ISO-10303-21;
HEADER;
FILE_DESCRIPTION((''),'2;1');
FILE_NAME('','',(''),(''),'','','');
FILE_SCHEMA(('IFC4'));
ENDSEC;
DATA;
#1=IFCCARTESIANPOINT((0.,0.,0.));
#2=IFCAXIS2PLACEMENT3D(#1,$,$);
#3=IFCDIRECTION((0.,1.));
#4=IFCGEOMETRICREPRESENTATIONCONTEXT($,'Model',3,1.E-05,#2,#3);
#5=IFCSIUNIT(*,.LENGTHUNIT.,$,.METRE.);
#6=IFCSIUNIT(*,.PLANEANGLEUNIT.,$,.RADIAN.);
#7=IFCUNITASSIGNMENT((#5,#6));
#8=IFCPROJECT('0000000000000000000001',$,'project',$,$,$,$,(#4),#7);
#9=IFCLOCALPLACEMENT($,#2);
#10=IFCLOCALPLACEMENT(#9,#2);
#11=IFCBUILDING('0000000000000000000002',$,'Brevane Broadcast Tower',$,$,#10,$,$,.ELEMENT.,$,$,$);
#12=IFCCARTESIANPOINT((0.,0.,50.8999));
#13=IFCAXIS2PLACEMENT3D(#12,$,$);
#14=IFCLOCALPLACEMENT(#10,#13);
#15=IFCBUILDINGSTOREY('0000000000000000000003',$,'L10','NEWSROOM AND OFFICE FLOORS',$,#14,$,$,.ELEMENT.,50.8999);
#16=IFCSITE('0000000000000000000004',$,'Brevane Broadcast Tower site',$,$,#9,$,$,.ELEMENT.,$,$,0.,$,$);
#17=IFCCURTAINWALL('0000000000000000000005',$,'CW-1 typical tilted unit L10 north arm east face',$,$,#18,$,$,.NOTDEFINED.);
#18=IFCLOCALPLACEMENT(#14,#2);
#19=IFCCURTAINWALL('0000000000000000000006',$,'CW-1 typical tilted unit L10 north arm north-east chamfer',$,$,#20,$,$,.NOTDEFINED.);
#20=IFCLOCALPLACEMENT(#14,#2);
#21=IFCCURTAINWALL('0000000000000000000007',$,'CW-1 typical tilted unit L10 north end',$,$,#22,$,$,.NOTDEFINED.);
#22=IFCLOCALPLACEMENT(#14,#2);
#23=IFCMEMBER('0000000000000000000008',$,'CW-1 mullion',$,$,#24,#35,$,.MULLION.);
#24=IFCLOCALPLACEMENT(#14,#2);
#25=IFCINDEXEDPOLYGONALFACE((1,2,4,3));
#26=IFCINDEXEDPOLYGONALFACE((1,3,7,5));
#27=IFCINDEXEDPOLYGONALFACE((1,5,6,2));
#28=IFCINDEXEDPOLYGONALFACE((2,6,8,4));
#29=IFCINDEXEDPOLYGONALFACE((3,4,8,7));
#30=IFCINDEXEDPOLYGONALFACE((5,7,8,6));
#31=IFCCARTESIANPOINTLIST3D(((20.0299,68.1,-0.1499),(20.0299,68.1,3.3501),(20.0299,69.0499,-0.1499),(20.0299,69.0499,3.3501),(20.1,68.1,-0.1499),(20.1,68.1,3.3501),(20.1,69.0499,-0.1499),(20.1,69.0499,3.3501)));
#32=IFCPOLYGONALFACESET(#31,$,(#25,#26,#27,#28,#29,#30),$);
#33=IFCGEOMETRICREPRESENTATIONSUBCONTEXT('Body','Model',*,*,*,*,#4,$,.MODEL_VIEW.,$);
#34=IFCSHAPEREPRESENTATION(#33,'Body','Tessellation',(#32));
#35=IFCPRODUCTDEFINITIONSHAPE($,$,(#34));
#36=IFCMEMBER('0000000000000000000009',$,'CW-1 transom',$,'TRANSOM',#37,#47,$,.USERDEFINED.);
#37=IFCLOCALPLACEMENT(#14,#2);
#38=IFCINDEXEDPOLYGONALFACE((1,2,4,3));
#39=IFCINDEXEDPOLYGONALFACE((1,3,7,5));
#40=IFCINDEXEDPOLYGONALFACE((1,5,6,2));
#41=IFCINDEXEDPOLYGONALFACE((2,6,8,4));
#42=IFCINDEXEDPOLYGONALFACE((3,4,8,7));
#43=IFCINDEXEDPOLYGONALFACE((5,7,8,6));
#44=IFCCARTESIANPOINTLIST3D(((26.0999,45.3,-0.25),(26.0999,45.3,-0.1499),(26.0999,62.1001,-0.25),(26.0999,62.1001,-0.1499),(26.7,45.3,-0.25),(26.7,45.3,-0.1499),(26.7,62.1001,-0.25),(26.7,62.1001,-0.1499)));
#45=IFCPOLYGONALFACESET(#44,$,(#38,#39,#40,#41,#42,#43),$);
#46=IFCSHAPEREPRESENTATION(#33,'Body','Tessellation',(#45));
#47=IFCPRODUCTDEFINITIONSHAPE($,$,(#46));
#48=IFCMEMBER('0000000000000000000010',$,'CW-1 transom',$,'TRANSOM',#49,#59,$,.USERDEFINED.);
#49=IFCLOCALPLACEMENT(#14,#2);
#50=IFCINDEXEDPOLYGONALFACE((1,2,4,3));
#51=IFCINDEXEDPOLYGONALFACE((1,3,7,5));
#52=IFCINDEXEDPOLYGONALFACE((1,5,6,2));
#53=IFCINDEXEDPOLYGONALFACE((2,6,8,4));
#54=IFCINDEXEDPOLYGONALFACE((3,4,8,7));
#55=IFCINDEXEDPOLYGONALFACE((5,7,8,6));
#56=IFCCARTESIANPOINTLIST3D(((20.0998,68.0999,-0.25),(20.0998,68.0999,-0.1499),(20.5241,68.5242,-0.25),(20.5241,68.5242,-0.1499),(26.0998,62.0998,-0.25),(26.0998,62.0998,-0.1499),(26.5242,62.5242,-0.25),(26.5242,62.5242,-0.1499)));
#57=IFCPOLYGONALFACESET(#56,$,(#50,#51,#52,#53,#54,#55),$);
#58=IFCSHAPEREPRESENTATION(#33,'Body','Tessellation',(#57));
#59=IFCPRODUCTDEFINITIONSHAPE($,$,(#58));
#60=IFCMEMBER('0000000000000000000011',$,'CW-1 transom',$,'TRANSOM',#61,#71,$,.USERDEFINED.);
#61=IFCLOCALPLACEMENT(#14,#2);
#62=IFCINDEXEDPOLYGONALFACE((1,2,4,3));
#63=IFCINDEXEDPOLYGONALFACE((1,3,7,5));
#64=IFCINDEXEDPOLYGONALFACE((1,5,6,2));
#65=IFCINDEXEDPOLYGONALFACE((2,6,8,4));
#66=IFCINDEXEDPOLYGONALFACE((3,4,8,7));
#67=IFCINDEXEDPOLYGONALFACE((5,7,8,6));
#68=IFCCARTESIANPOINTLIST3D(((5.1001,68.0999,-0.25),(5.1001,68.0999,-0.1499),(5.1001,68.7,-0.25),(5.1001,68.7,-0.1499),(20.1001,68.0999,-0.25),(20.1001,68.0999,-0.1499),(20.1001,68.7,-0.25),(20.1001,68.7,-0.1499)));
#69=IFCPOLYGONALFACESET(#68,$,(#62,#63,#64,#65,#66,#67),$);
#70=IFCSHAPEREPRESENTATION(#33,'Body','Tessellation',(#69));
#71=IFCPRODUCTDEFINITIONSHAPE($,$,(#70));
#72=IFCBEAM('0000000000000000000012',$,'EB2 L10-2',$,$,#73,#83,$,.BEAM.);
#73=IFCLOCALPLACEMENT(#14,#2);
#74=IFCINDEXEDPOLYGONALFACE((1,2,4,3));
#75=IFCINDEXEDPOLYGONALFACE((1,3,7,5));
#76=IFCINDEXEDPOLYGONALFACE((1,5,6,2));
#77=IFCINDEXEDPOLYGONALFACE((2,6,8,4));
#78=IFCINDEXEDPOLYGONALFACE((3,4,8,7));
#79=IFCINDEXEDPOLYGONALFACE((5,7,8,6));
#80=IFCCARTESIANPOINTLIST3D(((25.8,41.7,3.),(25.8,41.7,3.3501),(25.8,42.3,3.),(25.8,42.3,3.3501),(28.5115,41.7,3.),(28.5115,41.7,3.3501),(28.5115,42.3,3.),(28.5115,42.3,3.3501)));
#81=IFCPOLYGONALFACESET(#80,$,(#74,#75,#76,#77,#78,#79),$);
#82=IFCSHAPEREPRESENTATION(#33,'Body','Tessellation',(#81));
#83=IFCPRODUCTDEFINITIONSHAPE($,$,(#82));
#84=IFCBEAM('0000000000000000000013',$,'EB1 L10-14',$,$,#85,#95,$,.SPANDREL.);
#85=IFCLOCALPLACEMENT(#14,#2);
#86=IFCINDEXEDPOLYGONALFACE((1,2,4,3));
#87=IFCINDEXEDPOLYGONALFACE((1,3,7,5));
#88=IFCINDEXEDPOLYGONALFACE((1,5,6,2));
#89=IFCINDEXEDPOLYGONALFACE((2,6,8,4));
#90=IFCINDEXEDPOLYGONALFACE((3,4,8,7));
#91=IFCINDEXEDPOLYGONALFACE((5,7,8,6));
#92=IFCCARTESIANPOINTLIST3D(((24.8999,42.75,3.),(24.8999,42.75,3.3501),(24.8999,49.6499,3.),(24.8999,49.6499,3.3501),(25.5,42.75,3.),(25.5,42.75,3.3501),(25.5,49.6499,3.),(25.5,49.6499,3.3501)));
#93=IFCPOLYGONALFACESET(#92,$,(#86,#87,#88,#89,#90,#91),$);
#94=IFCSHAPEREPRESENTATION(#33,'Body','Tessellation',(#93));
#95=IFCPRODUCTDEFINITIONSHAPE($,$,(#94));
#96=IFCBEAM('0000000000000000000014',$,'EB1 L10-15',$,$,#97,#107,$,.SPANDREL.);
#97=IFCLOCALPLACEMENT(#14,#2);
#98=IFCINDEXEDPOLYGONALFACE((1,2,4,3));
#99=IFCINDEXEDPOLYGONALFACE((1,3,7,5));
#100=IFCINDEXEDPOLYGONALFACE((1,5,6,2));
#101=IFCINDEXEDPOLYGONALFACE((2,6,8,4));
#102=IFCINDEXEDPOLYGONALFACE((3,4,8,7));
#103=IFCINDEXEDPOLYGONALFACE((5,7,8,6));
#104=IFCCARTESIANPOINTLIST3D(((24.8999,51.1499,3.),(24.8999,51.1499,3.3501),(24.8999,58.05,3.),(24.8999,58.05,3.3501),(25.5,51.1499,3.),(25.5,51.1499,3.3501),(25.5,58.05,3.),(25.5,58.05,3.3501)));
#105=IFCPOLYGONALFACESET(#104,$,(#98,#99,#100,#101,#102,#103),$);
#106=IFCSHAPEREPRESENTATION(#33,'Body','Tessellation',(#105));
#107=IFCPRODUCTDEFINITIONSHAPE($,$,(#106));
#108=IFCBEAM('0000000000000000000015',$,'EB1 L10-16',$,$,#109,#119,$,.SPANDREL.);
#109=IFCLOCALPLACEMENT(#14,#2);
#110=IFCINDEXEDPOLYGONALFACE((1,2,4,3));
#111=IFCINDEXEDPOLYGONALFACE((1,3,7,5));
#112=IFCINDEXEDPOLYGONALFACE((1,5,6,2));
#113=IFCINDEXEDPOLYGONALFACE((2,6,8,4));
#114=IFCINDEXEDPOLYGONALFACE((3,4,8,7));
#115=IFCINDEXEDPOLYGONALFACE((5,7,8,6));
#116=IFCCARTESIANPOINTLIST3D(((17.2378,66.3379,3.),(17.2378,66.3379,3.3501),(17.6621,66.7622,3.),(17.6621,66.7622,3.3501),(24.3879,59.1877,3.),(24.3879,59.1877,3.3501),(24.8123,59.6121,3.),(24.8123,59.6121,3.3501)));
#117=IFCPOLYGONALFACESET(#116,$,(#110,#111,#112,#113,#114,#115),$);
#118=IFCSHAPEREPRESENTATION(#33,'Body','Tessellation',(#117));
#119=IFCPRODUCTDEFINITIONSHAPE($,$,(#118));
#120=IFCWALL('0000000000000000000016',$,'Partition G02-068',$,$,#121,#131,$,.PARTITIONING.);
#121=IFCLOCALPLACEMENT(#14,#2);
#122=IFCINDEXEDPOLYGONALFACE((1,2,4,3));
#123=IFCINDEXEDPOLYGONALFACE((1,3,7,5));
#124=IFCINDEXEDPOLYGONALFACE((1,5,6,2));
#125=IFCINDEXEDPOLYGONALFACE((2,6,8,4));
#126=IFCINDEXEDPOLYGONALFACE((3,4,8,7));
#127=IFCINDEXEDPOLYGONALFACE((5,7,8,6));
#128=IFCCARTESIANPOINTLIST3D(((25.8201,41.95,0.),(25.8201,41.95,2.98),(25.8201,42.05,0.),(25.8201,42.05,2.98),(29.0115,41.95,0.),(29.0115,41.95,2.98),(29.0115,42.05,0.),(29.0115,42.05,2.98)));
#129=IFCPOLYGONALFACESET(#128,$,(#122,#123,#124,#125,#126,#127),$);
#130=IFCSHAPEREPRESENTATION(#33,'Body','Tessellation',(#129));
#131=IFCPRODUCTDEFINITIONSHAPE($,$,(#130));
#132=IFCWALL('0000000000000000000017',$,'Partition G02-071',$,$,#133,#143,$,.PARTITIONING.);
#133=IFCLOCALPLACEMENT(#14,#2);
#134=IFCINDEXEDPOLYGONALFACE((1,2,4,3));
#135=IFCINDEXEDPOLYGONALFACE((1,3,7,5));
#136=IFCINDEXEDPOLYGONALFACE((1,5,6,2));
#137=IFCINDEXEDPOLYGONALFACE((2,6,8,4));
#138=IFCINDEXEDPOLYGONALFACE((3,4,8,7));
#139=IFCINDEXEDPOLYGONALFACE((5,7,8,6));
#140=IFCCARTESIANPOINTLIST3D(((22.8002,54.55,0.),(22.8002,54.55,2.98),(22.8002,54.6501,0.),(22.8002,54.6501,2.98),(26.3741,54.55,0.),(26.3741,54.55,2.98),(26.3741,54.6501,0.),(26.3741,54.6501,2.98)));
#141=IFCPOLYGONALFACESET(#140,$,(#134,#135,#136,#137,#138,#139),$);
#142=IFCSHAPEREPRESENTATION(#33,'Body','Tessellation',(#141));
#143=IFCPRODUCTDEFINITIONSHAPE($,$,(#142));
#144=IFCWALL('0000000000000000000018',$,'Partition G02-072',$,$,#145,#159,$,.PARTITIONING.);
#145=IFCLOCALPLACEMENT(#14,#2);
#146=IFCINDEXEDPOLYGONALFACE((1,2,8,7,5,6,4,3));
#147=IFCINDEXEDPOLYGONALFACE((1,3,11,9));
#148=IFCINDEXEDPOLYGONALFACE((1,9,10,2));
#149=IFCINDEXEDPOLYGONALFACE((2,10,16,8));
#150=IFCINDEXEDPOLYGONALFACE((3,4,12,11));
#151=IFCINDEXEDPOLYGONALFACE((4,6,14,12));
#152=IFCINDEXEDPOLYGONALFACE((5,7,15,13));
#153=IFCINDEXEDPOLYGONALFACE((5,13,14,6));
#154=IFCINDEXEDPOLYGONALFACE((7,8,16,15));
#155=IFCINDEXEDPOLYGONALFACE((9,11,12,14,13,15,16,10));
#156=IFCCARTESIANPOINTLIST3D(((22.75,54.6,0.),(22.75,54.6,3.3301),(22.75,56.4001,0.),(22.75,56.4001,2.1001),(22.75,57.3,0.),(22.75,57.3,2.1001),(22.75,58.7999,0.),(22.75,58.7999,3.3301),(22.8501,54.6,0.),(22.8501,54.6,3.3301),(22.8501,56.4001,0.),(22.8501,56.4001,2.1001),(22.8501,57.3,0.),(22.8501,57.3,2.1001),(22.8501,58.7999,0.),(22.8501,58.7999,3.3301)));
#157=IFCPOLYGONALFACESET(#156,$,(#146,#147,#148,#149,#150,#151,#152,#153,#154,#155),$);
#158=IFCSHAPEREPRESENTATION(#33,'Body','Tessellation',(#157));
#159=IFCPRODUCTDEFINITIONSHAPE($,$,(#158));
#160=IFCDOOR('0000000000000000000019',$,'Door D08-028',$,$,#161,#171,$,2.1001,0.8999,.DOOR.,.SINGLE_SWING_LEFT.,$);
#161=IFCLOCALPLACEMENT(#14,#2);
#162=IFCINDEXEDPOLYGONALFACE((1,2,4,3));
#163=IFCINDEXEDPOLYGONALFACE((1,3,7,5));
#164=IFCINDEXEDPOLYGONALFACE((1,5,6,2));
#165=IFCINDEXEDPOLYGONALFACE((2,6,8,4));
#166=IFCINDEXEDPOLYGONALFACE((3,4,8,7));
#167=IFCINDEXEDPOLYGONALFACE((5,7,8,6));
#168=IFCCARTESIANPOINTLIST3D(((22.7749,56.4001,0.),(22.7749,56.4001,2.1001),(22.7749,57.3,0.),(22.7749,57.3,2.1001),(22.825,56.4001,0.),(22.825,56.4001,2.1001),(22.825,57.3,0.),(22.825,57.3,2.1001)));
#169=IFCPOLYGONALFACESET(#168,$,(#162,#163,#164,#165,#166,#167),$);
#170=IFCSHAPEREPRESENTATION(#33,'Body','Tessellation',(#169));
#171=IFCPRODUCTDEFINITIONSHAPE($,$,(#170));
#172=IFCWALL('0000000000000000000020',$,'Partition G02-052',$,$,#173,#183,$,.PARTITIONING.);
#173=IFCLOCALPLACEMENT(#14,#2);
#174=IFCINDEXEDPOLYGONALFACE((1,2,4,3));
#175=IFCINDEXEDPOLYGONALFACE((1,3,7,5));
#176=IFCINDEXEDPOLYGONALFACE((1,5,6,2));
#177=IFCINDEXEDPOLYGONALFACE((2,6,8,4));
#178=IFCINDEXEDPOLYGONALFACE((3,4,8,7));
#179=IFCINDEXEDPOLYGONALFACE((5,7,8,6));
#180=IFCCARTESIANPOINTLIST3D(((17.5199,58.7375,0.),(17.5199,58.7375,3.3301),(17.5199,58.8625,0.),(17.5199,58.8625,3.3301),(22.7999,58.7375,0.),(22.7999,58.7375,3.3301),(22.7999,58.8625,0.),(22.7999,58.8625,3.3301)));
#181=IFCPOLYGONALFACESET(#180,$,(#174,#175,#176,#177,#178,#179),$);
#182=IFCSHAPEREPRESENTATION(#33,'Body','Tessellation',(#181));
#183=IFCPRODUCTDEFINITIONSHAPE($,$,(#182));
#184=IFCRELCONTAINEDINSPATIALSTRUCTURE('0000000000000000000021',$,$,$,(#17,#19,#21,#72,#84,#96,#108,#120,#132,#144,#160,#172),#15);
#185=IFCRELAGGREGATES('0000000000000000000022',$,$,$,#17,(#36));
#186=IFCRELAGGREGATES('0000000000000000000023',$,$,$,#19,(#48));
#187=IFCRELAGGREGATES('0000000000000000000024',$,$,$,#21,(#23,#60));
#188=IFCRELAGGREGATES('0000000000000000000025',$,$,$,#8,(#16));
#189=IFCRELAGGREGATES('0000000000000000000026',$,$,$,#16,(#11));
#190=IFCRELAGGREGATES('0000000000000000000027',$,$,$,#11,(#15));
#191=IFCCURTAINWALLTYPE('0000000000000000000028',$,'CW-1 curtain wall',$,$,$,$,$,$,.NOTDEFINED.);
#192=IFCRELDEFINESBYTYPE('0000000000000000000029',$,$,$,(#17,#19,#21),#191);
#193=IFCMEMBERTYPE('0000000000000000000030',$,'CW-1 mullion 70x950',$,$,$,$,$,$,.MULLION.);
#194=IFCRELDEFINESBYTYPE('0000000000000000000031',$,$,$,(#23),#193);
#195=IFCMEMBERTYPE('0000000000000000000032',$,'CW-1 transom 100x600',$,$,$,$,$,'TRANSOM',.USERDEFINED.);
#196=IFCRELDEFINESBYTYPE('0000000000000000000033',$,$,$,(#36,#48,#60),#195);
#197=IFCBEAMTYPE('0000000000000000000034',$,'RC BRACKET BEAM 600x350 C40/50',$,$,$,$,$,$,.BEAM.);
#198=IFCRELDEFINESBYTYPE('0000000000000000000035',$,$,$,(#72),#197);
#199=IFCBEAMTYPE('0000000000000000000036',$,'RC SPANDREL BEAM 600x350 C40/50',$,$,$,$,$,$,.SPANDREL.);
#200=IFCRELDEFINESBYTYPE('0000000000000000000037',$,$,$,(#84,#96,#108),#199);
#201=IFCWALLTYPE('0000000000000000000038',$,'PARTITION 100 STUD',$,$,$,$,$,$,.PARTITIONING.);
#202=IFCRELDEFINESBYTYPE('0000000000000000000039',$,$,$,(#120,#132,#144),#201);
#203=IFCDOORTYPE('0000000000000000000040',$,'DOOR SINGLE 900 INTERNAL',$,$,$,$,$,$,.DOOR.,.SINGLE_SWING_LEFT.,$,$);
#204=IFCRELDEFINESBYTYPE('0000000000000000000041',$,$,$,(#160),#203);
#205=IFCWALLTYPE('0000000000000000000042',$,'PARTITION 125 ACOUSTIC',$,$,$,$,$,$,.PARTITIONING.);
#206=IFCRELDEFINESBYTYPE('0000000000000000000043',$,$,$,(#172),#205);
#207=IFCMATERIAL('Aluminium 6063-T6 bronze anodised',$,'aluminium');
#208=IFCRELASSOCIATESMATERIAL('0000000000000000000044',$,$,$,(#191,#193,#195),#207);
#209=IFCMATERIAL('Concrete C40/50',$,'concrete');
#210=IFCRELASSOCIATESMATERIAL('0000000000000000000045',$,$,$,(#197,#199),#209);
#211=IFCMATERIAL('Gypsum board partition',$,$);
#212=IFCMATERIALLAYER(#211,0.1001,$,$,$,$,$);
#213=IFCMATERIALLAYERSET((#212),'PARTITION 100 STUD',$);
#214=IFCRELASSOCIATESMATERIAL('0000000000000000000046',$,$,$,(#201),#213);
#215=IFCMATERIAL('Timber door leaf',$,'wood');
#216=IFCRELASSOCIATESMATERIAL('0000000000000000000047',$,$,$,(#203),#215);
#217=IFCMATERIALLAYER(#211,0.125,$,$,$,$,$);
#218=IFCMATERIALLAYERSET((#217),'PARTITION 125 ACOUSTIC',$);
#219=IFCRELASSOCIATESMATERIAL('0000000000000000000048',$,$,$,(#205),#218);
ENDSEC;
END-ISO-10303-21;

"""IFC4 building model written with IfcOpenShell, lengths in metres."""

from ifc_helpers import new_model, si_unit, direction, frame, frame_2d, origin, origin_2d, place, context, subcontext, project, spatial, rectangle, extrude, material, layer, layer_set, material_profile, profile_set, type_object, element, fill, aggregate, save


model = new_model("IFC4")

# Units and contexts
model_context = context("Model", 3, precision=1e-05, world=origin(), true_north=direction((0.0, 1.0)))
body_context = subcontext(model_context, "Body", "Model", "MODEL_VIEW")
ifc_project = project(units=[si_unit("LENGTHUNIT", "METRE"), si_unit("PLANEANGLEUNIT", "RADIAN")], contexts=[model_context])

# Site, building, storey
site_placement = place(None, origin())
site = spatial("IfcSite", under=ifc_project, at=site_placement, Name="Brevane Broadcast Tower site", CompositionType="ELEMENT", RefElevation=0.0)
building_placement = place(site_placement, origin())
building = spatial("IfcBuilding", under=site, at=building_placement, Name="Brevane Broadcast Tower", CompositionType="ELEMENT")
storey_placement = place(building_placement, frame((0.0, 0.0, 50.8999)))
storey = spatial("IfcBuildingStorey", under=building, at=storey_placement, Name="L10", Description="NEWSROOM AND OFFICE FLOORS", CompositionType="ELEMENT", Elevation=50.8999)

# Shared definitions
ifc_material_1 = material(Name="Aluminium 6063-T6 bronze anodised", Category="aluminium")
curtain_wall_type = type_object("IfcCurtainWallType", Name="CW-1 curtain wall", PredefinedType="NOTDEFINED", material=ifc_material_1)
ifc_material_profile_1 = material_profile(ifc_material_1, rectangle(XDim=0.95, YDim=0.0701, at=origin_2d()), Name="RECT 70x950")
ifc_profile_set_1 = profile_set([ifc_material_profile_1], Name="Aluminium 6063-T6 bronze anodised")
member_type_1 = type_object("IfcMemberType", Name="CW-1 mullion 70x950", PredefinedType="MULLION", material=ifc_profile_set_1)

# Curtain walls
curtain_wall_1_placement = place(storey_placement, origin())
curtain_wall_1 = element("IfcCurtainWall", 1, at=curtain_wall_1_placement, inside=storey, type_object=curtain_wall_type, Name="CW-1 typical tilted unit L10 north arm east face", PredefinedType="NOTDEFINED")
curtain_wall_2_placement = place(storey_placement, origin())
curtain_wall_2 = element("IfcCurtainWall", 2, at=curtain_wall_2_placement, inside=storey, type_object=curtain_wall_type, Name="CW-1 typical tilted unit L10 north arm north-east chamfer", PredefinedType="NOTDEFINED")

# Curtain wall, member
curtain_wall_3_placement = place(storey_placement, origin())
curtain_wall_3 = element("IfcCurtainWall", 3, at=curtain_wall_3_placement, inside=storey, type_object=curtain_wall_type, Name="CW-1 typical tilted unit L10 north end", PredefinedType="NOTDEFINED")
member_1_placement = place(storey_placement, frame((20.0649, 68.575, -0.1499), z_axis=(0.0, 0.0, 1.0), x_axis=(0.0, -1.0, 0.0)))
member_1 = element("IfcMember", 4, at=member_1_placement, type_object=member_type_1, Name="CW-1 mullion", PredefinedType="MULLION", context=body_context, shape_type="SweptSolid", body=[
    extrude(rectangle(XDim=0.95, YDim=0.0701, at=origin_2d()), origin(), (0.0, 0.0, 1.0), 3.5),
])

# Members
ifc_material_profile_2 = material_profile(ifc_material_1, rectangle(XDim=0.6001, YDim=0.1001, at=origin_2d()), Name="RECT 100x600")
ifc_profile_set_2 = profile_set([ifc_material_profile_2], Name="Aluminium 6063-T6 bronze anodised")
member_type_2 = type_object("IfcMemberType", Name="CW-1 transom 100x600", ElementType="TRANSOM", PredefinedType="USERDEFINED", material=ifc_profile_set_2)
member_2_placement = place(storey_placement, frame((26.3999, 45.3, -0.2), z_axis=(0.0, 1.0, 0.0), x_axis=(-1.0, 0.0, 0.0)))
member_2 = element("IfcMember", 5, at=member_2_placement, type_object=member_type_2, Name="CW-1 transom", ObjectType="TRANSOM", PredefinedType="USERDEFINED", context=body_context, shape_type="SweptSolid", body=[
    extrude(rectangle(XDim=0.6001, YDim=0.1001, at=origin_2d()), origin(), (0.0, 0.0, 1.0), 16.8),
])
aggregate(curtain_wall_1, [member_2])
member_3_placement = place(storey_placement, frame((26.312, 62.312, -0.2), z_axis=(-0.707107, 0.707107, 0.0), x_axis=(-0.707107, -0.707107, 0.0)))
member_3 = element("IfcMember", 6, at=member_3_placement, type_object=member_type_2, Name="CW-1 transom", ObjectType="TRANSOM", PredefinedType="USERDEFINED", context=body_context, shape_type="SweptSolid", body=[
    extrude(rectangle(XDim=0.6001, YDim=0.1001, at=origin_2d()), origin(), (0.0, 0.0, 1.0), 8.4854),
])
aggregate(curtain_wall_2, [member_3])
member_4_placement = place(storey_placement, frame((20.1001, 68.3999, -0.2), z_axis=(-1.0, 0.0, 0.0), x_axis=(0.0, -1.0, 0.0)))
member_4 = element("IfcMember", 7, at=member_4_placement, type_object=member_type_2, Name="CW-1 transom", ObjectType="TRANSOM", PredefinedType="USERDEFINED", context=body_context, shape_type="SweptSolid", body=[
    extrude(rectangle(XDim=0.6001, YDim=0.1001, at=origin_2d()), origin(), (0.0, 0.0, 1.0), 15.0),
])
aggregate(curtain_wall_3, [member_1, member_4])

# Beams
ifc_material_2 = material(Name="Concrete C40/50", Category="concrete")
ifc_material_profile_3 = material_profile(ifc_material_2, rectangle(XDim=0.6001, YDim=0.3501, at=origin_2d()), Name="RC 600x350")
ifc_profile_set_3 = profile_set([ifc_material_profile_3], Name="Concrete C40/50")
beam_type_1 = type_object("IfcBeamType", Name="RC BRACKET BEAM 600x350 C40/50", PredefinedType="BEAM", material=ifc_profile_set_3)
beam_1_placement = place(storey_placement, frame((25.8, 42.0, 3.175), z_axis=(1.0, 0.0, 0.0), x_axis=(0.0, 1.0, 0.0)))
element("IfcBeam", 8, at=beam_1_placement, inside=storey, type_object=beam_type_1, Name="EB2 L10-2", PredefinedType="BEAM", context=body_context, shape_type="SweptSolid", body=[
    extrude(rectangle(XDim=0.6001, YDim=0.3501, at=origin_2d()), origin(), (0.0, 0.0, 1.0), 2.7114),
])
ifc_material_profile_4 = material_profile(ifc_material_2, rectangle(XDim=0.6001, YDim=0.3501, at=origin_2d()), Name="RC 600x350")
ifc_profile_set_4 = profile_set([ifc_material_profile_4], Name="Concrete C40/50")
beam_type_2 = type_object("IfcBeamType", Name="RC SPANDREL BEAM 600x350 C40/50", PredefinedType="SPANDREL", material=ifc_profile_set_4)
beam_2_placement = place(storey_placement, frame((25.2, 42.75, 3.175), z_axis=(0.0, 1.0, 0.0), x_axis=(-1.0, 0.0, 0.0)))
element("IfcBeam", 9, at=beam_2_placement, inside=storey, type_object=beam_type_2, Name="EB1 L10-14", PredefinedType="SPANDREL", context=body_context, shape_type="SweptSolid", body=[
    extrude(rectangle(XDim=0.6001, YDim=0.3501, at=origin_2d()), origin(), (0.0, 0.0, 1.0), 6.8999),
])
beam_3_placement = place(storey_placement, frame((25.2, 51.1499, 3.175), z_axis=(0.0, 1.0, 0.0), x_axis=(-1.0, 0.0, 0.0)))
element("IfcBeam", 10, at=beam_3_placement, inside=storey, type_object=beam_type_2, Name="EB1 L10-15", PredefinedType="SPANDREL", context=body_context, shape_type="SweptSolid", body=[
    extrude(rectangle(XDim=0.6001, YDim=0.3501, at=origin_2d()), origin(), (0.0, 0.0, 1.0), 6.9001),
])
beam_4_placement = place(storey_placement, frame((24.6001, 59.3999, 3.175), z_axis=(-0.707107, 0.707107, 0.0), x_axis=(-0.707107, -0.707107, 0.0)))
element("IfcBeam", 11, at=beam_4_placement, inside=storey, type_object=beam_type_2, Name="EB1 L10-16", PredefinedType="SPANDREL", context=body_context, shape_type="SweptSolid", body=[
    extrude(rectangle(XDim=0.6001, YDim=0.3501, at=origin_2d()), origin(), (0.0, 0.0, 1.0), 10.1118),
])

# Walls
ifc_material_3 = material(Name="Gypsum board partition")
ifc_layer_1 = layer(ifc_material_3, 0.1001)
ifc_layer_set_1 = layer_set([ifc_layer_1], Name="PARTITION 100 STUD")
wall_type_1 = type_object("IfcWallType", Name="PARTITION 100 STUD", PredefinedType="PARTITIONING", material=ifc_layer_set_1)
wall_1_placement = place(storey_placement, frame((25.8201, 42.0, 0.0), z_axis=(0.0, 0.0, 1.0), x_axis=(1.0, 0.0, 0.0)))
element("IfcWall", 12, at=wall_1_placement, inside=storey, type_object=wall_type_1, Name="Partition G02-068", PredefinedType="PARTITIONING", context=body_context, shape_type="SweptSolid", body=[
    extrude(rectangle(XDim=3.1914, YDim=0.1001, at=frame_2d((1.5957, 0.0))), origin(), (0.0, 0.0, 1.0), 2.98),
])
wall_2_placement = place(storey_placement, frame((22.8, 54.6001, 0.0), z_axis=(0.0, 0.0, 1.0), x_axis=(1.0, 0.0, 0.0)))
element("IfcWall", 13, at=wall_2_placement, inside=storey, type_object=wall_type_1, Name="Partition G02-071", PredefinedType="PARTITIONING", context=body_context, shape_type="SweptSolid", body=[
    extrude(rectangle(XDim=3.574, YDim=0.1001, at=frame_2d((1.7871, 0.0))), origin(), (0.0, 0.0, 1.0), 2.98),
])

# Wall, opening, door
wall_3_placement = place(storey_placement, frame((22.8, 58.8, 0.0), z_axis=(0.0, 0.0, 1.0), x_axis=(0.0, -1.0, 0.0)))
wall_3 = element("IfcWall", 14, at=wall_3_placement, inside=storey, type_object=wall_type_1, Name="Partition G02-072", PredefinedType="PARTITIONING", context=body_context, shape_type="SweptSolid", body=[
    extrude(rectangle(XDim=4.2, YDim=0.1001, at=frame_2d((2.1001, 0.0))), origin(), (0.0, 0.0, 1.0), 3.3301),
])
opening_placement = place(wall_3_placement, frame((1.5, 0.0, 0.0)))
opening = element("IfcOpeningElement", 15, at=opening_placement, cuts=wall_3, PredefinedType="OPENING", context=body_context, shape_type="SweptSolid", body=[
    extrude(rectangle(XDim=0.8999, YDim=2.1001, at=frame_2d((0.45, 1.05))), frame((0.0, 0.0601, 0.0), z_axis=(0.0, -1.0, 0.0), x_axis=(1.0, 0.0, 0.0)), (0.0, 0.0, 1.0), 0.1201),
])
ifc_material_4 = material(Name="Timber door leaf", Category="wood")
door_type = type_object("IfcDoorType", Name="DOOR SINGLE 900 INTERNAL", OperationType="SINGLE_SWING_LEFT", PredefinedType="DOOR", material=ifc_material_4)
door_placement = place(opening_placement, origin())
door = element("IfcDoor", 16, at=door_placement, inside=storey, type_object=door_type, Name="Door D08-028", OperationType="SINGLE_SWING_LEFT", OverallHeight=2.1001, OverallWidth=0.8999, PredefinedType="DOOR", context=body_context, shape_type="SweptSolid", body=[
    extrude(rectangle(XDim=0.8999, YDim=2.1001, at=frame_2d((0.45, 1.05))), frame((0.0, 0.0249, 0.0), z_axis=(0.0, -1.0, 0.0), x_axis=(1.0, 0.0, 0.0)), (0.0, 0.0, 1.0), 0.05),
])
fill(opening, door)

# Wall
ifc_layer_2 = layer(ifc_material_3, 0.125)
ifc_layer_set_2 = layer_set([ifc_layer_2], Name="PARTITION 125 ACOUSTIC")
wall_type_2 = type_object("IfcWallType", Name="PARTITION 125 ACOUSTIC", PredefinedType="PARTITIONING", material=ifc_layer_set_2)
wall_4_placement = place(storey_placement, frame((22.8, 58.8, 0.0), z_axis=(0.0, 0.0, 1.0), x_axis=(-1.0, 0.0, 0.0)))
element("IfcWall", 17, at=wall_4_placement, inside=storey, type_object=wall_type_2, Name="Partition G02-052", PredefinedType="PARTITIONING", context=body_context, shape_type="SweptSolid", body=[
    extrude(rectangle(XDim=5.28, YDim=0.125, at=frame_2d((2.6401, 0.0))), origin(), (0.0, 0.0, 1.0), 3.3301),
])

save(model, "model.ifc")
